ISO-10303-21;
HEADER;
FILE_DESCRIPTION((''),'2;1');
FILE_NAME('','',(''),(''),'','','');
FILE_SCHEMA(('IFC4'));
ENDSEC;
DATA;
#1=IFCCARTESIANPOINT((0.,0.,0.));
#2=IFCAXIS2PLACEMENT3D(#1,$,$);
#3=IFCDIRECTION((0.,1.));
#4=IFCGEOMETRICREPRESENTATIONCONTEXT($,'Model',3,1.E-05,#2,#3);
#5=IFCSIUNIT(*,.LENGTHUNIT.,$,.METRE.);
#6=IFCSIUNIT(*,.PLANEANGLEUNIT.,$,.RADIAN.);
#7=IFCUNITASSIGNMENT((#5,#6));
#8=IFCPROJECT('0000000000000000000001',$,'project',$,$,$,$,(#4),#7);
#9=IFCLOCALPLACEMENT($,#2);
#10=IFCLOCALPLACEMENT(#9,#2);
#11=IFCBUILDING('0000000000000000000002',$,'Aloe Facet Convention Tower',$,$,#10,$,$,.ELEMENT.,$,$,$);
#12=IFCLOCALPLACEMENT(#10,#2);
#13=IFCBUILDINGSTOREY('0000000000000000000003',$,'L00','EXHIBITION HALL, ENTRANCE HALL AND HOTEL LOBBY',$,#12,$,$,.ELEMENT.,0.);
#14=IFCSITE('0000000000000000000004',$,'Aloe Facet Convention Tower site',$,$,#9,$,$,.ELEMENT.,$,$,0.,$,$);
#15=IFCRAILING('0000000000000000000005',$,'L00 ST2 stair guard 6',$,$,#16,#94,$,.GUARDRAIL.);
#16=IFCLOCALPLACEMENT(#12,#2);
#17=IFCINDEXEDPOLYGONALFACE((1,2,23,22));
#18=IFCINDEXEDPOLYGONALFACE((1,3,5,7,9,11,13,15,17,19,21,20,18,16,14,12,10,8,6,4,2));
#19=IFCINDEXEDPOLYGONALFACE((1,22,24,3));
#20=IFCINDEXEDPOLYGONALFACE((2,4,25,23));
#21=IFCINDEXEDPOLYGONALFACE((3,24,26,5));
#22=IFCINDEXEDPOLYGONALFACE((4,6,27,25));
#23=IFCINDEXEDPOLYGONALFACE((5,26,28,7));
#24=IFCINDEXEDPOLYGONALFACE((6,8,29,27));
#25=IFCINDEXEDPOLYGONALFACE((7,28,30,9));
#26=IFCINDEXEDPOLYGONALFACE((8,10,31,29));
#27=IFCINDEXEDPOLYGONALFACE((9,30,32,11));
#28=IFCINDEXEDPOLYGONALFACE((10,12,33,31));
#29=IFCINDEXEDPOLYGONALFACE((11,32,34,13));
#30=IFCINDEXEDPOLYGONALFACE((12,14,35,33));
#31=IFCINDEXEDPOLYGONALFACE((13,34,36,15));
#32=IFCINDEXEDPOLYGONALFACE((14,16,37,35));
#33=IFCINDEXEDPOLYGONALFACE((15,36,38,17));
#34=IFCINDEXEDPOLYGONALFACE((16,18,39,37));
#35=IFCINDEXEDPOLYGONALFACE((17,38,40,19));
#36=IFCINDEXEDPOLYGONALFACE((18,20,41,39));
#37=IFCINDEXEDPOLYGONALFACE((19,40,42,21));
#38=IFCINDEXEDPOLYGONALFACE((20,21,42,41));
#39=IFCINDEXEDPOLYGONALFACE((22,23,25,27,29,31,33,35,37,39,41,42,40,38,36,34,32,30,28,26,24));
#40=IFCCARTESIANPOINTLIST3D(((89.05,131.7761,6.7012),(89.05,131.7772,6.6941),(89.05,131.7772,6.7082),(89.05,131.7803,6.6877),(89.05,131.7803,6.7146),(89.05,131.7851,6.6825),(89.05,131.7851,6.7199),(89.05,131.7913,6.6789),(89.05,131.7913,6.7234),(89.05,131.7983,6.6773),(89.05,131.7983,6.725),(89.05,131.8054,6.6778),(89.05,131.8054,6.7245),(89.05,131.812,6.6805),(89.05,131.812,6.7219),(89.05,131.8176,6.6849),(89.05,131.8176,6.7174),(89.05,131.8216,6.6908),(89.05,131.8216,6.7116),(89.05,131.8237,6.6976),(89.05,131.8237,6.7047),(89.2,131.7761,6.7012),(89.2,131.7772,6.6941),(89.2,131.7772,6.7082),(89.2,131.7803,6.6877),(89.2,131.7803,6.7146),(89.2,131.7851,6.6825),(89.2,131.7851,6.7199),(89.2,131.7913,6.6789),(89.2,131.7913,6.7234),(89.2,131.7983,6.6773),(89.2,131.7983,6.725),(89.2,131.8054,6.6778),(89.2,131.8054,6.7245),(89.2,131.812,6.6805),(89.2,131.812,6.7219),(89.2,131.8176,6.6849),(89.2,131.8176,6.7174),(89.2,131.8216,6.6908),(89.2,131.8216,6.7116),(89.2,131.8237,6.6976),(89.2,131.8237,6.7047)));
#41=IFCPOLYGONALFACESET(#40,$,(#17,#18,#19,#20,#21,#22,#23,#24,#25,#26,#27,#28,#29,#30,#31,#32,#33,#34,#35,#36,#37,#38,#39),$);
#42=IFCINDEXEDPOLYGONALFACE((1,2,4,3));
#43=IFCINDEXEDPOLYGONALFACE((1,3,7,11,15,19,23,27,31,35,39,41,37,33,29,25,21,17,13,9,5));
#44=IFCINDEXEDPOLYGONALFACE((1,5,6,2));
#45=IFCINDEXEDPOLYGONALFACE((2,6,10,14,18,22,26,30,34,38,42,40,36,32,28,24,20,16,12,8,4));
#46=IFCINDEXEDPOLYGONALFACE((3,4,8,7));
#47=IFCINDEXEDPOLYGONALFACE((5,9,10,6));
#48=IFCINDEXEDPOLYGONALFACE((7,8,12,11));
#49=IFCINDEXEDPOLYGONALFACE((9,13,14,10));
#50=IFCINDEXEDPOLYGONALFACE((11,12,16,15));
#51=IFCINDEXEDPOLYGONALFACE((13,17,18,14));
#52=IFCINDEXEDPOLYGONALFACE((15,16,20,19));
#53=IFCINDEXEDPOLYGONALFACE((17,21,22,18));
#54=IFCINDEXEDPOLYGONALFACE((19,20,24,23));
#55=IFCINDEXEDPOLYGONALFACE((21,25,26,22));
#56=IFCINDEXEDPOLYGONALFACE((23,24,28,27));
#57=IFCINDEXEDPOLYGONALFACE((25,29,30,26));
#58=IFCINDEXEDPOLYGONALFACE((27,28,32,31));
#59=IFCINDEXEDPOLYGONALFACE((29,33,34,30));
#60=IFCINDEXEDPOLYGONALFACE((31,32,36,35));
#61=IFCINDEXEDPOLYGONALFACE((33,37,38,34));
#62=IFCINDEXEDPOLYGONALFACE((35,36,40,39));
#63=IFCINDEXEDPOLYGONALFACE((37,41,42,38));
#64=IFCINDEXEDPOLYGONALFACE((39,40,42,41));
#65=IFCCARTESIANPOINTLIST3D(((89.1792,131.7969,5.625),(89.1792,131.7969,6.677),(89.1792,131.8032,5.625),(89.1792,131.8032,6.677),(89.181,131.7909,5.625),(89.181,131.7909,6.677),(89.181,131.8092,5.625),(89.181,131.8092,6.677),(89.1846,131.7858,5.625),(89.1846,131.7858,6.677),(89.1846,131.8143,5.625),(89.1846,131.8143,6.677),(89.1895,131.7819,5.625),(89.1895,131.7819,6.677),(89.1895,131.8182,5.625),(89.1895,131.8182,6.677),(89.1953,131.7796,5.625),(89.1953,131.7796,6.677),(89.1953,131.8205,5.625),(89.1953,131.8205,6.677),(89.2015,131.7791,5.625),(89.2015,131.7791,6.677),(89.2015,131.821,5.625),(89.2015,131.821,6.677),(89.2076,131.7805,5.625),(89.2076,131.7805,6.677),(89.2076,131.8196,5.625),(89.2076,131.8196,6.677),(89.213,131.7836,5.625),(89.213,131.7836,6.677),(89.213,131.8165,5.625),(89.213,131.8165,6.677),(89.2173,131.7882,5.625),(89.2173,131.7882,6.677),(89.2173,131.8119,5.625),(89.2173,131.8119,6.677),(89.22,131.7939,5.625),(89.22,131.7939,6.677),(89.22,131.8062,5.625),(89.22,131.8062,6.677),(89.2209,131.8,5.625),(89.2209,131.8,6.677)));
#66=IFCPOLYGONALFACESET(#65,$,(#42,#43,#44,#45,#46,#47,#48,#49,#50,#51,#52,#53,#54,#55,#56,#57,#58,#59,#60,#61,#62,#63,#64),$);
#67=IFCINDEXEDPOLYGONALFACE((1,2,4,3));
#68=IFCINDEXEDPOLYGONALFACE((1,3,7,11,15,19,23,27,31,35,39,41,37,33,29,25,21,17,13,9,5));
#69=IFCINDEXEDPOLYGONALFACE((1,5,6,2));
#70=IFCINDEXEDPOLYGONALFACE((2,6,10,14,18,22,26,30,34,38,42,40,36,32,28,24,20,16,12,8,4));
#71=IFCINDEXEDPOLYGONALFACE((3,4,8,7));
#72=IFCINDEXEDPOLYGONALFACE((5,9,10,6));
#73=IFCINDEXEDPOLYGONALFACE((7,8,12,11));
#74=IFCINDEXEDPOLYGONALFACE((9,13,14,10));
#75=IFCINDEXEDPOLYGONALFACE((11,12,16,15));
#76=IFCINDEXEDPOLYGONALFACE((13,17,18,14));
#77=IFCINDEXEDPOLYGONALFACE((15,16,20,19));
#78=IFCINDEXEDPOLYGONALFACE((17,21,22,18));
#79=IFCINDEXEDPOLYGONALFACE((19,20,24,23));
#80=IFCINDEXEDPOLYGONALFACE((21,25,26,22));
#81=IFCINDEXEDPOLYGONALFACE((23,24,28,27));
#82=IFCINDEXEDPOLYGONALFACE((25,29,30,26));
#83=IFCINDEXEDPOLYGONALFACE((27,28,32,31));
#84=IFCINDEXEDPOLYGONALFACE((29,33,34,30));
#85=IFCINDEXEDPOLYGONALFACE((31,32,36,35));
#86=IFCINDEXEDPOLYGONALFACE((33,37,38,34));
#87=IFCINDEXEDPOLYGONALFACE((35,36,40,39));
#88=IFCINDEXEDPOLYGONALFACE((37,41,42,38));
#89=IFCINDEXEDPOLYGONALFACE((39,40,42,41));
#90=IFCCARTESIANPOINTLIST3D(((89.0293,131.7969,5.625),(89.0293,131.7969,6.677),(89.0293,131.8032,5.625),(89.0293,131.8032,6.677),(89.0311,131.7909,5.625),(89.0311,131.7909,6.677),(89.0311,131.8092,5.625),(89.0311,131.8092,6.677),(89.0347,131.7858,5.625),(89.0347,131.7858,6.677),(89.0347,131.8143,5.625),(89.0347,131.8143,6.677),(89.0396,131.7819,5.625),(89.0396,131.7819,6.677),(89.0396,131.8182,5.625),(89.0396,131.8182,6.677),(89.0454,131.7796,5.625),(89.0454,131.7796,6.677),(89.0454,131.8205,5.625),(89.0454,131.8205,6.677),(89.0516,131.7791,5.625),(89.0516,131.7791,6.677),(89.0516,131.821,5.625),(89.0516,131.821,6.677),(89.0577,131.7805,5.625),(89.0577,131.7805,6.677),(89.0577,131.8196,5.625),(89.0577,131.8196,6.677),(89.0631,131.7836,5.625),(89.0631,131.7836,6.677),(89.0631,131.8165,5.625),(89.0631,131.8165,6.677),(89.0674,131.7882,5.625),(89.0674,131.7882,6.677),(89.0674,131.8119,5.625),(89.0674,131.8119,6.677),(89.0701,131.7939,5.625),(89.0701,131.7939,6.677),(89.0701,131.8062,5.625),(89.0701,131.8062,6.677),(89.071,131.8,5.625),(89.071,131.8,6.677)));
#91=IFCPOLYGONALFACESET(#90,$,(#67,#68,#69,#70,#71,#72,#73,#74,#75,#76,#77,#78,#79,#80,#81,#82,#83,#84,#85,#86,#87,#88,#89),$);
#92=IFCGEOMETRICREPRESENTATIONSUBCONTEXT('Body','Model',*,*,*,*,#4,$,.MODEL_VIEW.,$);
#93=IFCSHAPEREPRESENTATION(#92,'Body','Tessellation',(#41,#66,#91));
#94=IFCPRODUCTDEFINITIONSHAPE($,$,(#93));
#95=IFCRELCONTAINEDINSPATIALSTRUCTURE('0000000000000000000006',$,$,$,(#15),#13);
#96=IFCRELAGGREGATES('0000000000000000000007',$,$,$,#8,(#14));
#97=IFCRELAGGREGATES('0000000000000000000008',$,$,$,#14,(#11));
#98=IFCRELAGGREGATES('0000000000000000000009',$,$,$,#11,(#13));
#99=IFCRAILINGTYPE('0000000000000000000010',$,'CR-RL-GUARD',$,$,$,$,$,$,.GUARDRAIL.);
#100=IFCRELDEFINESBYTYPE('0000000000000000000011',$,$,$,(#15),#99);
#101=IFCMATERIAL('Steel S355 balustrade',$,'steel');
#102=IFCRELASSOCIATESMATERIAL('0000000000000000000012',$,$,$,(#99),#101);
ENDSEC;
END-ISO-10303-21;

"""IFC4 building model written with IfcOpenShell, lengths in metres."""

from ifc_helpers import new_model, si_unit, direction, frame, origin, origin_2d, place, context, subcontext, project, spatial, circle, extrude, material, type_object, element, save


model = new_model("IFC4")

# Units and contexts
model_context = context("Model", 3, precision=1e-05, world=origin(), true_north=direction((0.0, 1.0)))
body_context = subcontext(model_context, "Body", "Model", "MODEL_VIEW")
ifc_project = project(units=[si_unit("LENGTHUNIT", "METRE"), si_unit("PLANEANGLEUNIT", "RADIAN")], contexts=[model_context])

# Site, building, storey
site_placement = place(None, origin())
site = spatial("IfcSite", under=ifc_project, at=site_placement, Name="Aloe Facet Convention Tower site", CompositionType="ELEMENT", RefElevation=0.0)
building_placement = place(site_placement, origin())
building = spatial("IfcBuilding", under=site, at=building_placement, Name="Aloe Facet Convention Tower", CompositionType="ELEMENT")
storey_placement = place(building_placement, origin())
storey = spatial("IfcBuildingStorey", under=building, at=storey_placement, Name="L00", Description="EXHIBITION HALL, ENTRANCE HALL AND HOTEL LOBBY", CompositionType="ELEMENT", Elevation=0.0)

# Railing
ifc_material_1 = material(Name="Steel S355 balustrade", Category="steel")
railing_type_1 = type_object("IfcRailingType", Name="CR-RL-GUARD", PredefinedType="GUARDRAIL", material=ifc_material_1)
railing_1_placement = place(storey_placement, frame((89.2, 131.8, 5.625)))
element("IfcRailing", 1, at=railing_1_placement, inside=storey, type_object=railing_type_1, Name="L00 ST2 stair guard 6", PredefinedType="GUARDRAIL", context=body_context, shape_type="SweptSolid", body=[
    extrude(circle(Radius=0.0239, at=origin_2d()), frame((0.0, 0.0, 1.0762), z_axis=(-1.0, 0.0, 0.0), x_axis=(0.0, -1.0, 0.0)), (0.0, 0.0, 1.0), 0.1499),
    extrude(circle(Radius=0.021, at=origin_2d()), origin(), (0.0, 0.0, 1.0), 1.052),
    extrude(circle(Radius=0.021, at=origin_2d()), frame((-0.1499, 0.0, 0.0)), (0.0, 0.0, 1.0), 1.052),
])

save(model, "model.ifc")
